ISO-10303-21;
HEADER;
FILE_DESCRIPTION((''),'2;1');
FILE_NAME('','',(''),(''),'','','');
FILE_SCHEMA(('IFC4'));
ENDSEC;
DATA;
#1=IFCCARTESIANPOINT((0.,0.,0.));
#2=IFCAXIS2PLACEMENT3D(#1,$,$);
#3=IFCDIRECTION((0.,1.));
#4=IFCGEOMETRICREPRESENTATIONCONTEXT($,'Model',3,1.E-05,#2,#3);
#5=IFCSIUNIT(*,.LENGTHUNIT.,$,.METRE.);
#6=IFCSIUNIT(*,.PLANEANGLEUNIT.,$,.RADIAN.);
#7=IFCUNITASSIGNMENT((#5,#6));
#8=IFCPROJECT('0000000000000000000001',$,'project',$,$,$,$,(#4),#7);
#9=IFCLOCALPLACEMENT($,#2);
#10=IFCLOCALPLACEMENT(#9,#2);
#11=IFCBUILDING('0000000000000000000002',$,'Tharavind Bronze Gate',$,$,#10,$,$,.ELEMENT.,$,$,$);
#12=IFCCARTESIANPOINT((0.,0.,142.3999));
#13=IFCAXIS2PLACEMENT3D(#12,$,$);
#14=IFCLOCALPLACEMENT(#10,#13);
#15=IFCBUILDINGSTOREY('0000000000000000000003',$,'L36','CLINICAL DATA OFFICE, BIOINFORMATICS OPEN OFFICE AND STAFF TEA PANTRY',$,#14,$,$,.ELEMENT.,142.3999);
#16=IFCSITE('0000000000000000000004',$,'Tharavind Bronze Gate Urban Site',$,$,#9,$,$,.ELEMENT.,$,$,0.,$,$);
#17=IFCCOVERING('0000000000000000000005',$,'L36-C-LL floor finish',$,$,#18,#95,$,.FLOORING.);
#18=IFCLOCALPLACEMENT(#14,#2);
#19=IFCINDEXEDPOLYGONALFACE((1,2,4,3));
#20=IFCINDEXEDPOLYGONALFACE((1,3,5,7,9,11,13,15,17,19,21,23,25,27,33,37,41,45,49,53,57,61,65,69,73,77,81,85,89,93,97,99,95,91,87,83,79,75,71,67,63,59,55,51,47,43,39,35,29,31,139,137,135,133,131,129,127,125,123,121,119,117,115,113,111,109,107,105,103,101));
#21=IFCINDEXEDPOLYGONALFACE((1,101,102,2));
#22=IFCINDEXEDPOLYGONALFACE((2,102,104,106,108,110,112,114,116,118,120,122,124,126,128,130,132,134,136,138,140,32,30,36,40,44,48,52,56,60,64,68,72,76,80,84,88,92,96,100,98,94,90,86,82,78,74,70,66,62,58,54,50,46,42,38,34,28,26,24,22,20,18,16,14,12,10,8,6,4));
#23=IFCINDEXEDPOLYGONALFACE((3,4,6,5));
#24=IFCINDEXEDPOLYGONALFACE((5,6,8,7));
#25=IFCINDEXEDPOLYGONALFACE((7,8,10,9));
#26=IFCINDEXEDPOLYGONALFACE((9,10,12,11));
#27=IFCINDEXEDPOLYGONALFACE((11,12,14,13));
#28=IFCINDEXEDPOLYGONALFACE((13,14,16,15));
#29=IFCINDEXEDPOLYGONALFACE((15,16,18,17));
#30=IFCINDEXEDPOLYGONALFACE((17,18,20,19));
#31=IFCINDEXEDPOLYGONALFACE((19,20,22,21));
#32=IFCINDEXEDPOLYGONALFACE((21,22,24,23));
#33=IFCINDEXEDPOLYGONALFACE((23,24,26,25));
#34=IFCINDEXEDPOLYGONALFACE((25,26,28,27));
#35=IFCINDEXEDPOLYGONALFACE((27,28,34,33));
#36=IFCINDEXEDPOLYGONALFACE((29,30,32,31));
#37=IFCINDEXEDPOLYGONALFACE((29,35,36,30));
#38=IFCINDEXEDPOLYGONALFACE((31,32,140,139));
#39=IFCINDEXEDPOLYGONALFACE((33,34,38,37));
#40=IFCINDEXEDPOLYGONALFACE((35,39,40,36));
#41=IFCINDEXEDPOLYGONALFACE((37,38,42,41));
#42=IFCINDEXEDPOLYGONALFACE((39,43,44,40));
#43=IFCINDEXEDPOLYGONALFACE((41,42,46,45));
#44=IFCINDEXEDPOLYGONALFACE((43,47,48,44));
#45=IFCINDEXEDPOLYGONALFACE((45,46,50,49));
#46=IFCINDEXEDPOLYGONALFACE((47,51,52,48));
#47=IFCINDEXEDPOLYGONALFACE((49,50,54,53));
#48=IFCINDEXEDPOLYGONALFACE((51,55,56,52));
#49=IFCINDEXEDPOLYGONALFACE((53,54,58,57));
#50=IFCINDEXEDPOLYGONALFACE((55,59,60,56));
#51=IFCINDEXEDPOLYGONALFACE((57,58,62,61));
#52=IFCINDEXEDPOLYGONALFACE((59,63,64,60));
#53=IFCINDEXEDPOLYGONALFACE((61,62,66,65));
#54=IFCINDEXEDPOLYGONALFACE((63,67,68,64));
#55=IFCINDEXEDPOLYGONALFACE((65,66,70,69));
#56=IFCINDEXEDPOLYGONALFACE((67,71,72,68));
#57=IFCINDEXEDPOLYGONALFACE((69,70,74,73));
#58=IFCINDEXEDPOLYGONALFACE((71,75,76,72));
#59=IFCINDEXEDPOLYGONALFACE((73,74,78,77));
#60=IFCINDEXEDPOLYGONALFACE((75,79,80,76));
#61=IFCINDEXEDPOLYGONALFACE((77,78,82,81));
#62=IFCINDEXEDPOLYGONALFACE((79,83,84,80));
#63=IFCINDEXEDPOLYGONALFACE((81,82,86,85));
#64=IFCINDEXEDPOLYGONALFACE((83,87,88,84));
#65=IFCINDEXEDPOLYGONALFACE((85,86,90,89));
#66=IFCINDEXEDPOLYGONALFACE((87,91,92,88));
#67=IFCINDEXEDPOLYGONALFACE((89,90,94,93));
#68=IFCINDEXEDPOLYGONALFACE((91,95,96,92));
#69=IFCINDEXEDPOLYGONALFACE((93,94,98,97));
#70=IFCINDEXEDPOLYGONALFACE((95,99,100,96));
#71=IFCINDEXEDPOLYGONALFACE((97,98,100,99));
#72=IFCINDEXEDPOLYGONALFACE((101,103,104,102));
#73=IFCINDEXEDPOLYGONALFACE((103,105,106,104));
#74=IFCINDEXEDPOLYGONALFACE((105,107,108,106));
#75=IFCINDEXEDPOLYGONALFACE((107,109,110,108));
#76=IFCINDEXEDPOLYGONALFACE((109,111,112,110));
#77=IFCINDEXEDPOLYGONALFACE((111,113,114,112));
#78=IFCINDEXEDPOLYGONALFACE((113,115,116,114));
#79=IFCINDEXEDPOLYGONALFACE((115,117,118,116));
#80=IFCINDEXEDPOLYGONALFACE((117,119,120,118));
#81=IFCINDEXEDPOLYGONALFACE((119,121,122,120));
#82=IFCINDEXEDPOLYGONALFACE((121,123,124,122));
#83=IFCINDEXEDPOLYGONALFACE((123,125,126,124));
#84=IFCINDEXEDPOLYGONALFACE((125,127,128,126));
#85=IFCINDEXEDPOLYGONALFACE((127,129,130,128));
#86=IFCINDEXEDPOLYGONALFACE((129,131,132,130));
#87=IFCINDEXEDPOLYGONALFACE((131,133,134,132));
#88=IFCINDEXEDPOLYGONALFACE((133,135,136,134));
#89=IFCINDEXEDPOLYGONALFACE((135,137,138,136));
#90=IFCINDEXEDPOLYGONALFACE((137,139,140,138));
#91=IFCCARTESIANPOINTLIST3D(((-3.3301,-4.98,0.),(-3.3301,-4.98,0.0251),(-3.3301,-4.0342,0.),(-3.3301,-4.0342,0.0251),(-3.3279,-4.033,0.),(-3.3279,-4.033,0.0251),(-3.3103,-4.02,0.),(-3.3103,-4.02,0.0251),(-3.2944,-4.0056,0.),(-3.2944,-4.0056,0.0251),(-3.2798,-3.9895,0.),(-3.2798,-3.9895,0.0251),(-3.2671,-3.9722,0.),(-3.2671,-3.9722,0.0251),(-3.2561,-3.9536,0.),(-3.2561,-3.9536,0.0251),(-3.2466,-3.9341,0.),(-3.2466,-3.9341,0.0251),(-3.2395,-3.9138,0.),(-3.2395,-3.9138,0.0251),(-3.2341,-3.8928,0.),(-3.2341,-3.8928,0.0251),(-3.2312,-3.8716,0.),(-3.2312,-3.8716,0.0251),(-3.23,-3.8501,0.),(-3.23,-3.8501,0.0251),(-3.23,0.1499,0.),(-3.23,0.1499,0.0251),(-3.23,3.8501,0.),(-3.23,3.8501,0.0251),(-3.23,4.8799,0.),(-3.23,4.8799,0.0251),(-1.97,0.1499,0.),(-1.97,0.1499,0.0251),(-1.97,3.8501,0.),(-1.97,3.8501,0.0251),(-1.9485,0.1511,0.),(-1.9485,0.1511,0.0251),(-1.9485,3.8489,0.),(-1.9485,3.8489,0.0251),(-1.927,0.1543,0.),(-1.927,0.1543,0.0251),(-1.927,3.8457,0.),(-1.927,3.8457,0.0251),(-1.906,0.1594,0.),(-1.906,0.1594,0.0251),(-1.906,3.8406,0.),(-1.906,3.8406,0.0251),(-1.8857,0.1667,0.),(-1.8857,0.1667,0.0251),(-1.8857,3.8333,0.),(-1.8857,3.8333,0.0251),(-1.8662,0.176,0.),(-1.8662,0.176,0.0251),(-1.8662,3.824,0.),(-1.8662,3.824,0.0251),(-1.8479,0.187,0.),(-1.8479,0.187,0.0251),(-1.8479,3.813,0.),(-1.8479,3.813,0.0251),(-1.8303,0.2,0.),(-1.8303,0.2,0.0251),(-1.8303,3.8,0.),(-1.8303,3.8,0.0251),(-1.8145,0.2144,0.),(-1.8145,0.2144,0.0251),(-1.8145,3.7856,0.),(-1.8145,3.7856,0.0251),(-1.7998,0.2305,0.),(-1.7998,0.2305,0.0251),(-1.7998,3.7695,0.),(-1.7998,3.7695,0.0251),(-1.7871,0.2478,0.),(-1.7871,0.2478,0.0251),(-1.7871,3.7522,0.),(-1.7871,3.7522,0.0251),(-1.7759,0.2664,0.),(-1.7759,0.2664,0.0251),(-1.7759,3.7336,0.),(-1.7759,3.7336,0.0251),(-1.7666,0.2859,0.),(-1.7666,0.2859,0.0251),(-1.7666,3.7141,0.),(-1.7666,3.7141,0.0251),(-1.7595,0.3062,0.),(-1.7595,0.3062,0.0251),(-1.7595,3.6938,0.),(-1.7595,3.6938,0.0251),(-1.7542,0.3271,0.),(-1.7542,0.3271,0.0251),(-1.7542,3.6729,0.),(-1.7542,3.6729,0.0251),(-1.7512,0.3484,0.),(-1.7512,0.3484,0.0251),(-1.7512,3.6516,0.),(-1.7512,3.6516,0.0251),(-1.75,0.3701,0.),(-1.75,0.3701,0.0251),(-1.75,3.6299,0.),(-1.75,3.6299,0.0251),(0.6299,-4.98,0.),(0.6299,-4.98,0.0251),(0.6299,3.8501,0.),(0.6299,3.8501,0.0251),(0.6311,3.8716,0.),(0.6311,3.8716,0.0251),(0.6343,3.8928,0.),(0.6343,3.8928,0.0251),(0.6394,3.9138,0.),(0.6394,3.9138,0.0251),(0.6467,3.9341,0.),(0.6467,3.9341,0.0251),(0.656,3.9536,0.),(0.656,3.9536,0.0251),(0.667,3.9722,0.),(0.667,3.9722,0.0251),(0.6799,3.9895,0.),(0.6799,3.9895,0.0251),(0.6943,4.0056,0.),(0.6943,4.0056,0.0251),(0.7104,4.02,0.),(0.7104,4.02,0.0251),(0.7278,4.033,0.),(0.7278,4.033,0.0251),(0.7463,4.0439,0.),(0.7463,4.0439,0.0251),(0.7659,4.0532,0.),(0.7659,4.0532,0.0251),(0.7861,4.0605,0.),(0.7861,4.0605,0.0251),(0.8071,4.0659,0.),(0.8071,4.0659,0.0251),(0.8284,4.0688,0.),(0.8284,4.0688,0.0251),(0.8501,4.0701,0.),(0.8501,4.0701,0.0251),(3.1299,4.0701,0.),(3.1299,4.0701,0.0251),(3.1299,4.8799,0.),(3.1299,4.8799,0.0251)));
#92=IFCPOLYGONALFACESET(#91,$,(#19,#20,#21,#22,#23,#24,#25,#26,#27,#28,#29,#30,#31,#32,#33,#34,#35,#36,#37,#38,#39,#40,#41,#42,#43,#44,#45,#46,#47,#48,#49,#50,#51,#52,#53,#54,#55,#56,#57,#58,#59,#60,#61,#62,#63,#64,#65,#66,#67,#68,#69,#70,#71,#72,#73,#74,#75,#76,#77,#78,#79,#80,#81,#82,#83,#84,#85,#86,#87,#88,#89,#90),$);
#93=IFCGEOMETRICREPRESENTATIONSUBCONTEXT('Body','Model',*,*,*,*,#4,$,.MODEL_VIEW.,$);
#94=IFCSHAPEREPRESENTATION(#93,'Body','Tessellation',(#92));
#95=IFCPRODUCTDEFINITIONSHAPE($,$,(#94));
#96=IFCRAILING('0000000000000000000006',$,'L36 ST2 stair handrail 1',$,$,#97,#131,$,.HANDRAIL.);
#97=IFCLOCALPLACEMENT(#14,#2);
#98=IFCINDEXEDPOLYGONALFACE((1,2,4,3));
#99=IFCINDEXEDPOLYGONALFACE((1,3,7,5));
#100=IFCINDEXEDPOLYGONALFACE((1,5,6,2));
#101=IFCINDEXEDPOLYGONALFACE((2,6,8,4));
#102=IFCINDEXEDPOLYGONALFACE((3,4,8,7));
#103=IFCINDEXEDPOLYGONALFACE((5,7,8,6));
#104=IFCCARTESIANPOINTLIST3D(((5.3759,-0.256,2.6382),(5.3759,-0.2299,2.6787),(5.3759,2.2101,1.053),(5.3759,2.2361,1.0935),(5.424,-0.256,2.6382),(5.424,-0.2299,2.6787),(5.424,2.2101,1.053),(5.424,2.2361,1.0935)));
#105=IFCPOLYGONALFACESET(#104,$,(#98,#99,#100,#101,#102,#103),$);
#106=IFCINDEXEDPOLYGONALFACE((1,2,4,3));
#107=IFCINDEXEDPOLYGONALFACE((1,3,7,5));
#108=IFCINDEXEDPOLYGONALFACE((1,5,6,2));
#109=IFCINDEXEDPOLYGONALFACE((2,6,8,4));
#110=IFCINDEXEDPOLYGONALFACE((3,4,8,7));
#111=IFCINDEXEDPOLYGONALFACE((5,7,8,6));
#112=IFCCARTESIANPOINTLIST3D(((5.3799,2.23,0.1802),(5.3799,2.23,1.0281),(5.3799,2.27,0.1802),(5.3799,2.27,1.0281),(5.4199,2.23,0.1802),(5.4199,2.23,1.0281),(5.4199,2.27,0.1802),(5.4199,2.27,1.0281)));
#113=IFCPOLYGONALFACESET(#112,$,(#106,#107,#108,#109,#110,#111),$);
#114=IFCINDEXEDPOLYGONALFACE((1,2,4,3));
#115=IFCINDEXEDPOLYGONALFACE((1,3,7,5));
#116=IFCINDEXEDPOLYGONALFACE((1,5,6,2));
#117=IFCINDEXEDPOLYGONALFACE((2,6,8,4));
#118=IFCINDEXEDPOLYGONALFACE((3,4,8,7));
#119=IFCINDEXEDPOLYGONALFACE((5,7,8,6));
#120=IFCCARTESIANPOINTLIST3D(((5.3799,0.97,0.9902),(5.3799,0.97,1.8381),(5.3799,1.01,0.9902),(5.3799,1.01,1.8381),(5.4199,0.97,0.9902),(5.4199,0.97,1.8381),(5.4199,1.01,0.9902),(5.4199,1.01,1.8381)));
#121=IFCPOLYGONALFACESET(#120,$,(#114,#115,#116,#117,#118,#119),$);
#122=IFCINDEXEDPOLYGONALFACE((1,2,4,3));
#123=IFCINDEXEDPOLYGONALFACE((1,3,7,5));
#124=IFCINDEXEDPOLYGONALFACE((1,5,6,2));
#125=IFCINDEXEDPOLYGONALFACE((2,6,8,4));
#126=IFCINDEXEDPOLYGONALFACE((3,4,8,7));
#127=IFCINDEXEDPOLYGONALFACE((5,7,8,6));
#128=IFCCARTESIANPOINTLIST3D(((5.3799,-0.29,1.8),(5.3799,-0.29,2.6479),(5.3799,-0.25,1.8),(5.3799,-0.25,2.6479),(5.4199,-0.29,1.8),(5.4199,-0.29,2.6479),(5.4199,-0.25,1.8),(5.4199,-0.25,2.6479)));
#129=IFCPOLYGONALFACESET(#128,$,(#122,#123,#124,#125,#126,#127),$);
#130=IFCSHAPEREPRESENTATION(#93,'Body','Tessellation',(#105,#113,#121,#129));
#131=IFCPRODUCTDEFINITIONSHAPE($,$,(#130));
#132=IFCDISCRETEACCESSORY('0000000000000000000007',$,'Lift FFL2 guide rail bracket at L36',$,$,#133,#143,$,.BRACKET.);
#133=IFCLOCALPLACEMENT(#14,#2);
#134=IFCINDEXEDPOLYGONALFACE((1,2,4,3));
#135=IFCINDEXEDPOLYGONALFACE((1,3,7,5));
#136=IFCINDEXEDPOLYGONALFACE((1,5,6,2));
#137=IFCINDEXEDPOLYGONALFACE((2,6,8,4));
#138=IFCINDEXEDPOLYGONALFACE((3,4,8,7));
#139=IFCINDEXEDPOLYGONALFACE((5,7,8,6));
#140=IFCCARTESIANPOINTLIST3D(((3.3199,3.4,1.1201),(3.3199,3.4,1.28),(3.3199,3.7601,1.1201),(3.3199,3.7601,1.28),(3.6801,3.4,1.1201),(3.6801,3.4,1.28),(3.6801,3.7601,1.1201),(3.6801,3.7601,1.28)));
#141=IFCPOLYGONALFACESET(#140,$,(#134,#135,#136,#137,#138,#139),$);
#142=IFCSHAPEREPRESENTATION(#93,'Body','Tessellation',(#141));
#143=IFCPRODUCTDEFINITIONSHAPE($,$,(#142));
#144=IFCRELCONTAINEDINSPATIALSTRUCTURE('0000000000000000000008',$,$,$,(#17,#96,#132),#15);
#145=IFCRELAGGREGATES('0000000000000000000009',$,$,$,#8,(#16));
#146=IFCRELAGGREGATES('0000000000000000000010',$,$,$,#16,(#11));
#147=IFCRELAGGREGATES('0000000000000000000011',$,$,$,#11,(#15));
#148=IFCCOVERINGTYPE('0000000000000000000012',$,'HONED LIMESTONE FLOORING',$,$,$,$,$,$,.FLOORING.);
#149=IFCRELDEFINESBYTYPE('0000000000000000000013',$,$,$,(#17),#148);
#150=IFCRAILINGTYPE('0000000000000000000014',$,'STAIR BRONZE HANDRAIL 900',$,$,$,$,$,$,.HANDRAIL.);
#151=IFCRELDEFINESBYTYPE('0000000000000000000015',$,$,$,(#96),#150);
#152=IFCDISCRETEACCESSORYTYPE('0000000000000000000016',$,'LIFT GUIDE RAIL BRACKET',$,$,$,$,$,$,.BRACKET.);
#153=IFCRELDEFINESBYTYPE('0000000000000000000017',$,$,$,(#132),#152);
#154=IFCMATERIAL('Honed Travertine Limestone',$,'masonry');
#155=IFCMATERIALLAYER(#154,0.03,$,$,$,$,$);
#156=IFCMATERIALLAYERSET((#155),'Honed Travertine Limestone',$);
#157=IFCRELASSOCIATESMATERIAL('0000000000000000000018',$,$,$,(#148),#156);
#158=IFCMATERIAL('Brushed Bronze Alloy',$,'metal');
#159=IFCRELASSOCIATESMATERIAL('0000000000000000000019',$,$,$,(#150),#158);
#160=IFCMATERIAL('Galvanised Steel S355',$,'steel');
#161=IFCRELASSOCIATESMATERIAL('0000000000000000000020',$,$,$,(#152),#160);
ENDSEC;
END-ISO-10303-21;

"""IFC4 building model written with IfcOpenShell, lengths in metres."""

from ifc_helpers import new_model, si_unit, direction, frame, origin, origin_2d, place, context, subcontext, project, spatial, polyline, rectangle, outline, extrude, material, layer, layer_set, type_object, element, save


model = new_model("IFC4")

# Units and contexts
model_context = context("Model", 3, precision=1e-05, world=origin(), true_north=direction((0.0, 1.0)))
body_context = subcontext(model_context, "Body", "Model", "MODEL_VIEW")
ifc_project = project(units=[si_unit("LENGTHUNIT", "METRE"), si_unit("PLANEANGLEUNIT", "RADIAN")], contexts=[model_context])

# Site, building, storey
site_placement = place(None, origin())
site = spatial("IfcSite", under=ifc_project, at=site_placement, Name="Tharavind Bronze Gate Urban Site", CompositionType="ELEMENT", RefElevation=0.0)
building_placement = place(site_placement, origin())
building = spatial("IfcBuilding", under=site, at=building_placement, Name="Tharavind Bronze Gate", CompositionType="ELEMENT")
storey_placement = place(building_placement, frame((0.0, 0.0, 142.3999)))
storey = spatial("IfcBuildingStorey", under=building, at=storey_placement, Name="L36", Description="CLINICAL DATA OFFICE, BIOINFORMATICS OPEN OFFICE AND STAFF TEA PANTRY", CompositionType="ELEMENT", Elevation=142.3999)

# Covering
ifc_material_1 = material(Name="Honed Travertine Limestone", Category="masonry")
ifc_layer_1 = layer(ifc_material_1, 0.03)
ifc_layer_set_1 = layer_set([ifc_layer_1], Name="Honed Travertine Limestone")
covering_type_1 = type_object("IfcCoveringType", Name="HONED LIMESTONE FLOORING", PredefinedType="FLOORING", material=ifc_layer_set_1)
covering_1_placement = place(storey_placement, origin())
element("IfcCovering", 1, at=covering_1_placement, inside=storey, type_object=covering_type_1, Name="L36-C-LL floor finish", PredefinedType="FLOORING", context=body_context, shape_type="SweptSolid", body=[
    extrude(outline(polyline([(-3.3301, -4.98), (0.6299, -4.98), (0.6299, 3.8501), (0.6311, 3.8716), (0.6343, 3.8928), (0.6394, 3.9138), (0.6467, 3.9341), (0.656, 3.9536), (0.667, 3.9722), (0.6799, 3.9895), (0.6943, 4.0056), (0.7104, 4.02), (0.7278, 4.033), (0.7463, 4.0439), (0.7659, 4.0532), (0.7861, 4.0605), (0.8071, 4.0659), (0.8284, 4.0688), (0.8501, 4.0701), (3.1299, 4.0701), (3.1299, 4.8799), (-3.23, 4.8799), (-3.23, 3.8501), (-1.97, 3.8501), (-1.9485, 3.8489), (-1.927, 3.8457), (-1.906, 3.8406), (-1.8857, 3.8333), (-1.8662, 3.824), (-1.8479, 3.813), (-1.8303, 3.8), (-1.8145, 3.7856), (-1.7998, 3.7695), (-1.7871, 3.7522), (-1.7759, 3.7336), (-1.7666, 3.7141), (-1.7595, 3.6938), (-1.7542, 3.6729), (-1.7512, 3.6516), (-1.75, 3.6299), (-1.75, 0.3701), (-1.7512, 0.3484), (-1.7542, 0.3271), (-1.7595, 0.3062), (-1.7666, 0.2859), (-1.7759, 0.2664), (-1.7871, 0.2478), (-1.7998, 0.2305), (-1.8145, 0.2144), (-1.8303, 0.2), (-1.8479, 0.187), (-1.8662, 0.176), (-1.8857, 0.1667), (-1.906, 0.1594), (-1.927, 0.1543), (-1.9485, 0.1511), (-1.97, 0.1499), (-3.23, 0.1499), (-3.23, -3.8501), (-3.2312, -3.8716), (-3.2341, -3.8928), (-3.2395, -3.9138), (-3.2466, -3.9341), (-3.2561, -3.9536), (-3.2671, -3.9722), (-3.2798, -3.9895), (-3.2944, -4.0056), (-3.3103, -4.02), (-3.3279, -4.033), (-3.3301, -4.0342), (-3.3301, -4.98)])), origin(), (0.0, 0.0, 1.0), 0.0251),
])

# Railing
ifc_material_2 = material(Name="Brushed Bronze Alloy", Category="metal")
railing_type = type_object("IfcRailingType", Name="STAIR BRONZE HANDRAIL 900", PredefinedType="HANDRAIL", material=ifc_material_2)
railing_placement = place(storey_placement, frame((5.3999, 2.25, 0.1802)))
element("IfcRailing", 2, at=railing_placement, inside=storey, type_object=railing_type, Name="L36 ST2 stair handrail 1", PredefinedType="HANDRAIL", context=body_context, shape_type="SweptSolid", body=[
    extrude(rectangle(XDim=0.0481, YDim=0.0481, at=origin_2d()), frame((0.0, -0.0269, 0.8931), z_axis=(0.0, -0.8412, 0.540725), x_axis=(1.0, 0.0, 0.0)), (0.0, 0.0, 1.0), 2.9316),
    extrude(rectangle(XDim=0.04, YDim=0.04, at=origin_2d()), origin(), (0.0, 0.0, 1.0), 0.8479),
    extrude(rectangle(XDim=0.04, YDim=0.04, at=origin_2d()), frame((0.0, -1.26, 0.8101)), (0.0, 0.0, 1.0), 0.8479),
    extrude(rectangle(XDim=0.04, YDim=0.04, at=origin_2d()), frame((0.0, -2.52, 1.6199)), (0.0, 0.0, 1.0), 0.8479),
])

# Discrete accessory
ifc_material_3 = material(Name="Galvanised Steel S355", Category="steel")
discrete_accessory_type = type_object("IfcDiscreteAccessoryType", Name="LIFT GUIDE RAIL BRACKET", PredefinedType="BRACKET", material=ifc_material_3)
discrete_accessory_placement = place(storey_placement, frame((3.5, 3.5801, 1.1201), z_axis=(0.0, 0.0, 1.0), x_axis=(1.0, 0.0, 0.0)))
element("IfcDiscreteAccessory", 3, at=discrete_accessory_placement, inside=storey, type_object=discrete_accessory_type, Name="Lift FFL2 guide rail bracket at L36", PredefinedType="BRACKET", context=body_context, shape_type="SweptSolid", body=[
    extrude(rectangle(XDim=0.3601, YDim=0.3601, at=origin_2d()), origin(), (0.0, 0.0, 1.0), 0.1599),
])

save(model, "model.ifc")
